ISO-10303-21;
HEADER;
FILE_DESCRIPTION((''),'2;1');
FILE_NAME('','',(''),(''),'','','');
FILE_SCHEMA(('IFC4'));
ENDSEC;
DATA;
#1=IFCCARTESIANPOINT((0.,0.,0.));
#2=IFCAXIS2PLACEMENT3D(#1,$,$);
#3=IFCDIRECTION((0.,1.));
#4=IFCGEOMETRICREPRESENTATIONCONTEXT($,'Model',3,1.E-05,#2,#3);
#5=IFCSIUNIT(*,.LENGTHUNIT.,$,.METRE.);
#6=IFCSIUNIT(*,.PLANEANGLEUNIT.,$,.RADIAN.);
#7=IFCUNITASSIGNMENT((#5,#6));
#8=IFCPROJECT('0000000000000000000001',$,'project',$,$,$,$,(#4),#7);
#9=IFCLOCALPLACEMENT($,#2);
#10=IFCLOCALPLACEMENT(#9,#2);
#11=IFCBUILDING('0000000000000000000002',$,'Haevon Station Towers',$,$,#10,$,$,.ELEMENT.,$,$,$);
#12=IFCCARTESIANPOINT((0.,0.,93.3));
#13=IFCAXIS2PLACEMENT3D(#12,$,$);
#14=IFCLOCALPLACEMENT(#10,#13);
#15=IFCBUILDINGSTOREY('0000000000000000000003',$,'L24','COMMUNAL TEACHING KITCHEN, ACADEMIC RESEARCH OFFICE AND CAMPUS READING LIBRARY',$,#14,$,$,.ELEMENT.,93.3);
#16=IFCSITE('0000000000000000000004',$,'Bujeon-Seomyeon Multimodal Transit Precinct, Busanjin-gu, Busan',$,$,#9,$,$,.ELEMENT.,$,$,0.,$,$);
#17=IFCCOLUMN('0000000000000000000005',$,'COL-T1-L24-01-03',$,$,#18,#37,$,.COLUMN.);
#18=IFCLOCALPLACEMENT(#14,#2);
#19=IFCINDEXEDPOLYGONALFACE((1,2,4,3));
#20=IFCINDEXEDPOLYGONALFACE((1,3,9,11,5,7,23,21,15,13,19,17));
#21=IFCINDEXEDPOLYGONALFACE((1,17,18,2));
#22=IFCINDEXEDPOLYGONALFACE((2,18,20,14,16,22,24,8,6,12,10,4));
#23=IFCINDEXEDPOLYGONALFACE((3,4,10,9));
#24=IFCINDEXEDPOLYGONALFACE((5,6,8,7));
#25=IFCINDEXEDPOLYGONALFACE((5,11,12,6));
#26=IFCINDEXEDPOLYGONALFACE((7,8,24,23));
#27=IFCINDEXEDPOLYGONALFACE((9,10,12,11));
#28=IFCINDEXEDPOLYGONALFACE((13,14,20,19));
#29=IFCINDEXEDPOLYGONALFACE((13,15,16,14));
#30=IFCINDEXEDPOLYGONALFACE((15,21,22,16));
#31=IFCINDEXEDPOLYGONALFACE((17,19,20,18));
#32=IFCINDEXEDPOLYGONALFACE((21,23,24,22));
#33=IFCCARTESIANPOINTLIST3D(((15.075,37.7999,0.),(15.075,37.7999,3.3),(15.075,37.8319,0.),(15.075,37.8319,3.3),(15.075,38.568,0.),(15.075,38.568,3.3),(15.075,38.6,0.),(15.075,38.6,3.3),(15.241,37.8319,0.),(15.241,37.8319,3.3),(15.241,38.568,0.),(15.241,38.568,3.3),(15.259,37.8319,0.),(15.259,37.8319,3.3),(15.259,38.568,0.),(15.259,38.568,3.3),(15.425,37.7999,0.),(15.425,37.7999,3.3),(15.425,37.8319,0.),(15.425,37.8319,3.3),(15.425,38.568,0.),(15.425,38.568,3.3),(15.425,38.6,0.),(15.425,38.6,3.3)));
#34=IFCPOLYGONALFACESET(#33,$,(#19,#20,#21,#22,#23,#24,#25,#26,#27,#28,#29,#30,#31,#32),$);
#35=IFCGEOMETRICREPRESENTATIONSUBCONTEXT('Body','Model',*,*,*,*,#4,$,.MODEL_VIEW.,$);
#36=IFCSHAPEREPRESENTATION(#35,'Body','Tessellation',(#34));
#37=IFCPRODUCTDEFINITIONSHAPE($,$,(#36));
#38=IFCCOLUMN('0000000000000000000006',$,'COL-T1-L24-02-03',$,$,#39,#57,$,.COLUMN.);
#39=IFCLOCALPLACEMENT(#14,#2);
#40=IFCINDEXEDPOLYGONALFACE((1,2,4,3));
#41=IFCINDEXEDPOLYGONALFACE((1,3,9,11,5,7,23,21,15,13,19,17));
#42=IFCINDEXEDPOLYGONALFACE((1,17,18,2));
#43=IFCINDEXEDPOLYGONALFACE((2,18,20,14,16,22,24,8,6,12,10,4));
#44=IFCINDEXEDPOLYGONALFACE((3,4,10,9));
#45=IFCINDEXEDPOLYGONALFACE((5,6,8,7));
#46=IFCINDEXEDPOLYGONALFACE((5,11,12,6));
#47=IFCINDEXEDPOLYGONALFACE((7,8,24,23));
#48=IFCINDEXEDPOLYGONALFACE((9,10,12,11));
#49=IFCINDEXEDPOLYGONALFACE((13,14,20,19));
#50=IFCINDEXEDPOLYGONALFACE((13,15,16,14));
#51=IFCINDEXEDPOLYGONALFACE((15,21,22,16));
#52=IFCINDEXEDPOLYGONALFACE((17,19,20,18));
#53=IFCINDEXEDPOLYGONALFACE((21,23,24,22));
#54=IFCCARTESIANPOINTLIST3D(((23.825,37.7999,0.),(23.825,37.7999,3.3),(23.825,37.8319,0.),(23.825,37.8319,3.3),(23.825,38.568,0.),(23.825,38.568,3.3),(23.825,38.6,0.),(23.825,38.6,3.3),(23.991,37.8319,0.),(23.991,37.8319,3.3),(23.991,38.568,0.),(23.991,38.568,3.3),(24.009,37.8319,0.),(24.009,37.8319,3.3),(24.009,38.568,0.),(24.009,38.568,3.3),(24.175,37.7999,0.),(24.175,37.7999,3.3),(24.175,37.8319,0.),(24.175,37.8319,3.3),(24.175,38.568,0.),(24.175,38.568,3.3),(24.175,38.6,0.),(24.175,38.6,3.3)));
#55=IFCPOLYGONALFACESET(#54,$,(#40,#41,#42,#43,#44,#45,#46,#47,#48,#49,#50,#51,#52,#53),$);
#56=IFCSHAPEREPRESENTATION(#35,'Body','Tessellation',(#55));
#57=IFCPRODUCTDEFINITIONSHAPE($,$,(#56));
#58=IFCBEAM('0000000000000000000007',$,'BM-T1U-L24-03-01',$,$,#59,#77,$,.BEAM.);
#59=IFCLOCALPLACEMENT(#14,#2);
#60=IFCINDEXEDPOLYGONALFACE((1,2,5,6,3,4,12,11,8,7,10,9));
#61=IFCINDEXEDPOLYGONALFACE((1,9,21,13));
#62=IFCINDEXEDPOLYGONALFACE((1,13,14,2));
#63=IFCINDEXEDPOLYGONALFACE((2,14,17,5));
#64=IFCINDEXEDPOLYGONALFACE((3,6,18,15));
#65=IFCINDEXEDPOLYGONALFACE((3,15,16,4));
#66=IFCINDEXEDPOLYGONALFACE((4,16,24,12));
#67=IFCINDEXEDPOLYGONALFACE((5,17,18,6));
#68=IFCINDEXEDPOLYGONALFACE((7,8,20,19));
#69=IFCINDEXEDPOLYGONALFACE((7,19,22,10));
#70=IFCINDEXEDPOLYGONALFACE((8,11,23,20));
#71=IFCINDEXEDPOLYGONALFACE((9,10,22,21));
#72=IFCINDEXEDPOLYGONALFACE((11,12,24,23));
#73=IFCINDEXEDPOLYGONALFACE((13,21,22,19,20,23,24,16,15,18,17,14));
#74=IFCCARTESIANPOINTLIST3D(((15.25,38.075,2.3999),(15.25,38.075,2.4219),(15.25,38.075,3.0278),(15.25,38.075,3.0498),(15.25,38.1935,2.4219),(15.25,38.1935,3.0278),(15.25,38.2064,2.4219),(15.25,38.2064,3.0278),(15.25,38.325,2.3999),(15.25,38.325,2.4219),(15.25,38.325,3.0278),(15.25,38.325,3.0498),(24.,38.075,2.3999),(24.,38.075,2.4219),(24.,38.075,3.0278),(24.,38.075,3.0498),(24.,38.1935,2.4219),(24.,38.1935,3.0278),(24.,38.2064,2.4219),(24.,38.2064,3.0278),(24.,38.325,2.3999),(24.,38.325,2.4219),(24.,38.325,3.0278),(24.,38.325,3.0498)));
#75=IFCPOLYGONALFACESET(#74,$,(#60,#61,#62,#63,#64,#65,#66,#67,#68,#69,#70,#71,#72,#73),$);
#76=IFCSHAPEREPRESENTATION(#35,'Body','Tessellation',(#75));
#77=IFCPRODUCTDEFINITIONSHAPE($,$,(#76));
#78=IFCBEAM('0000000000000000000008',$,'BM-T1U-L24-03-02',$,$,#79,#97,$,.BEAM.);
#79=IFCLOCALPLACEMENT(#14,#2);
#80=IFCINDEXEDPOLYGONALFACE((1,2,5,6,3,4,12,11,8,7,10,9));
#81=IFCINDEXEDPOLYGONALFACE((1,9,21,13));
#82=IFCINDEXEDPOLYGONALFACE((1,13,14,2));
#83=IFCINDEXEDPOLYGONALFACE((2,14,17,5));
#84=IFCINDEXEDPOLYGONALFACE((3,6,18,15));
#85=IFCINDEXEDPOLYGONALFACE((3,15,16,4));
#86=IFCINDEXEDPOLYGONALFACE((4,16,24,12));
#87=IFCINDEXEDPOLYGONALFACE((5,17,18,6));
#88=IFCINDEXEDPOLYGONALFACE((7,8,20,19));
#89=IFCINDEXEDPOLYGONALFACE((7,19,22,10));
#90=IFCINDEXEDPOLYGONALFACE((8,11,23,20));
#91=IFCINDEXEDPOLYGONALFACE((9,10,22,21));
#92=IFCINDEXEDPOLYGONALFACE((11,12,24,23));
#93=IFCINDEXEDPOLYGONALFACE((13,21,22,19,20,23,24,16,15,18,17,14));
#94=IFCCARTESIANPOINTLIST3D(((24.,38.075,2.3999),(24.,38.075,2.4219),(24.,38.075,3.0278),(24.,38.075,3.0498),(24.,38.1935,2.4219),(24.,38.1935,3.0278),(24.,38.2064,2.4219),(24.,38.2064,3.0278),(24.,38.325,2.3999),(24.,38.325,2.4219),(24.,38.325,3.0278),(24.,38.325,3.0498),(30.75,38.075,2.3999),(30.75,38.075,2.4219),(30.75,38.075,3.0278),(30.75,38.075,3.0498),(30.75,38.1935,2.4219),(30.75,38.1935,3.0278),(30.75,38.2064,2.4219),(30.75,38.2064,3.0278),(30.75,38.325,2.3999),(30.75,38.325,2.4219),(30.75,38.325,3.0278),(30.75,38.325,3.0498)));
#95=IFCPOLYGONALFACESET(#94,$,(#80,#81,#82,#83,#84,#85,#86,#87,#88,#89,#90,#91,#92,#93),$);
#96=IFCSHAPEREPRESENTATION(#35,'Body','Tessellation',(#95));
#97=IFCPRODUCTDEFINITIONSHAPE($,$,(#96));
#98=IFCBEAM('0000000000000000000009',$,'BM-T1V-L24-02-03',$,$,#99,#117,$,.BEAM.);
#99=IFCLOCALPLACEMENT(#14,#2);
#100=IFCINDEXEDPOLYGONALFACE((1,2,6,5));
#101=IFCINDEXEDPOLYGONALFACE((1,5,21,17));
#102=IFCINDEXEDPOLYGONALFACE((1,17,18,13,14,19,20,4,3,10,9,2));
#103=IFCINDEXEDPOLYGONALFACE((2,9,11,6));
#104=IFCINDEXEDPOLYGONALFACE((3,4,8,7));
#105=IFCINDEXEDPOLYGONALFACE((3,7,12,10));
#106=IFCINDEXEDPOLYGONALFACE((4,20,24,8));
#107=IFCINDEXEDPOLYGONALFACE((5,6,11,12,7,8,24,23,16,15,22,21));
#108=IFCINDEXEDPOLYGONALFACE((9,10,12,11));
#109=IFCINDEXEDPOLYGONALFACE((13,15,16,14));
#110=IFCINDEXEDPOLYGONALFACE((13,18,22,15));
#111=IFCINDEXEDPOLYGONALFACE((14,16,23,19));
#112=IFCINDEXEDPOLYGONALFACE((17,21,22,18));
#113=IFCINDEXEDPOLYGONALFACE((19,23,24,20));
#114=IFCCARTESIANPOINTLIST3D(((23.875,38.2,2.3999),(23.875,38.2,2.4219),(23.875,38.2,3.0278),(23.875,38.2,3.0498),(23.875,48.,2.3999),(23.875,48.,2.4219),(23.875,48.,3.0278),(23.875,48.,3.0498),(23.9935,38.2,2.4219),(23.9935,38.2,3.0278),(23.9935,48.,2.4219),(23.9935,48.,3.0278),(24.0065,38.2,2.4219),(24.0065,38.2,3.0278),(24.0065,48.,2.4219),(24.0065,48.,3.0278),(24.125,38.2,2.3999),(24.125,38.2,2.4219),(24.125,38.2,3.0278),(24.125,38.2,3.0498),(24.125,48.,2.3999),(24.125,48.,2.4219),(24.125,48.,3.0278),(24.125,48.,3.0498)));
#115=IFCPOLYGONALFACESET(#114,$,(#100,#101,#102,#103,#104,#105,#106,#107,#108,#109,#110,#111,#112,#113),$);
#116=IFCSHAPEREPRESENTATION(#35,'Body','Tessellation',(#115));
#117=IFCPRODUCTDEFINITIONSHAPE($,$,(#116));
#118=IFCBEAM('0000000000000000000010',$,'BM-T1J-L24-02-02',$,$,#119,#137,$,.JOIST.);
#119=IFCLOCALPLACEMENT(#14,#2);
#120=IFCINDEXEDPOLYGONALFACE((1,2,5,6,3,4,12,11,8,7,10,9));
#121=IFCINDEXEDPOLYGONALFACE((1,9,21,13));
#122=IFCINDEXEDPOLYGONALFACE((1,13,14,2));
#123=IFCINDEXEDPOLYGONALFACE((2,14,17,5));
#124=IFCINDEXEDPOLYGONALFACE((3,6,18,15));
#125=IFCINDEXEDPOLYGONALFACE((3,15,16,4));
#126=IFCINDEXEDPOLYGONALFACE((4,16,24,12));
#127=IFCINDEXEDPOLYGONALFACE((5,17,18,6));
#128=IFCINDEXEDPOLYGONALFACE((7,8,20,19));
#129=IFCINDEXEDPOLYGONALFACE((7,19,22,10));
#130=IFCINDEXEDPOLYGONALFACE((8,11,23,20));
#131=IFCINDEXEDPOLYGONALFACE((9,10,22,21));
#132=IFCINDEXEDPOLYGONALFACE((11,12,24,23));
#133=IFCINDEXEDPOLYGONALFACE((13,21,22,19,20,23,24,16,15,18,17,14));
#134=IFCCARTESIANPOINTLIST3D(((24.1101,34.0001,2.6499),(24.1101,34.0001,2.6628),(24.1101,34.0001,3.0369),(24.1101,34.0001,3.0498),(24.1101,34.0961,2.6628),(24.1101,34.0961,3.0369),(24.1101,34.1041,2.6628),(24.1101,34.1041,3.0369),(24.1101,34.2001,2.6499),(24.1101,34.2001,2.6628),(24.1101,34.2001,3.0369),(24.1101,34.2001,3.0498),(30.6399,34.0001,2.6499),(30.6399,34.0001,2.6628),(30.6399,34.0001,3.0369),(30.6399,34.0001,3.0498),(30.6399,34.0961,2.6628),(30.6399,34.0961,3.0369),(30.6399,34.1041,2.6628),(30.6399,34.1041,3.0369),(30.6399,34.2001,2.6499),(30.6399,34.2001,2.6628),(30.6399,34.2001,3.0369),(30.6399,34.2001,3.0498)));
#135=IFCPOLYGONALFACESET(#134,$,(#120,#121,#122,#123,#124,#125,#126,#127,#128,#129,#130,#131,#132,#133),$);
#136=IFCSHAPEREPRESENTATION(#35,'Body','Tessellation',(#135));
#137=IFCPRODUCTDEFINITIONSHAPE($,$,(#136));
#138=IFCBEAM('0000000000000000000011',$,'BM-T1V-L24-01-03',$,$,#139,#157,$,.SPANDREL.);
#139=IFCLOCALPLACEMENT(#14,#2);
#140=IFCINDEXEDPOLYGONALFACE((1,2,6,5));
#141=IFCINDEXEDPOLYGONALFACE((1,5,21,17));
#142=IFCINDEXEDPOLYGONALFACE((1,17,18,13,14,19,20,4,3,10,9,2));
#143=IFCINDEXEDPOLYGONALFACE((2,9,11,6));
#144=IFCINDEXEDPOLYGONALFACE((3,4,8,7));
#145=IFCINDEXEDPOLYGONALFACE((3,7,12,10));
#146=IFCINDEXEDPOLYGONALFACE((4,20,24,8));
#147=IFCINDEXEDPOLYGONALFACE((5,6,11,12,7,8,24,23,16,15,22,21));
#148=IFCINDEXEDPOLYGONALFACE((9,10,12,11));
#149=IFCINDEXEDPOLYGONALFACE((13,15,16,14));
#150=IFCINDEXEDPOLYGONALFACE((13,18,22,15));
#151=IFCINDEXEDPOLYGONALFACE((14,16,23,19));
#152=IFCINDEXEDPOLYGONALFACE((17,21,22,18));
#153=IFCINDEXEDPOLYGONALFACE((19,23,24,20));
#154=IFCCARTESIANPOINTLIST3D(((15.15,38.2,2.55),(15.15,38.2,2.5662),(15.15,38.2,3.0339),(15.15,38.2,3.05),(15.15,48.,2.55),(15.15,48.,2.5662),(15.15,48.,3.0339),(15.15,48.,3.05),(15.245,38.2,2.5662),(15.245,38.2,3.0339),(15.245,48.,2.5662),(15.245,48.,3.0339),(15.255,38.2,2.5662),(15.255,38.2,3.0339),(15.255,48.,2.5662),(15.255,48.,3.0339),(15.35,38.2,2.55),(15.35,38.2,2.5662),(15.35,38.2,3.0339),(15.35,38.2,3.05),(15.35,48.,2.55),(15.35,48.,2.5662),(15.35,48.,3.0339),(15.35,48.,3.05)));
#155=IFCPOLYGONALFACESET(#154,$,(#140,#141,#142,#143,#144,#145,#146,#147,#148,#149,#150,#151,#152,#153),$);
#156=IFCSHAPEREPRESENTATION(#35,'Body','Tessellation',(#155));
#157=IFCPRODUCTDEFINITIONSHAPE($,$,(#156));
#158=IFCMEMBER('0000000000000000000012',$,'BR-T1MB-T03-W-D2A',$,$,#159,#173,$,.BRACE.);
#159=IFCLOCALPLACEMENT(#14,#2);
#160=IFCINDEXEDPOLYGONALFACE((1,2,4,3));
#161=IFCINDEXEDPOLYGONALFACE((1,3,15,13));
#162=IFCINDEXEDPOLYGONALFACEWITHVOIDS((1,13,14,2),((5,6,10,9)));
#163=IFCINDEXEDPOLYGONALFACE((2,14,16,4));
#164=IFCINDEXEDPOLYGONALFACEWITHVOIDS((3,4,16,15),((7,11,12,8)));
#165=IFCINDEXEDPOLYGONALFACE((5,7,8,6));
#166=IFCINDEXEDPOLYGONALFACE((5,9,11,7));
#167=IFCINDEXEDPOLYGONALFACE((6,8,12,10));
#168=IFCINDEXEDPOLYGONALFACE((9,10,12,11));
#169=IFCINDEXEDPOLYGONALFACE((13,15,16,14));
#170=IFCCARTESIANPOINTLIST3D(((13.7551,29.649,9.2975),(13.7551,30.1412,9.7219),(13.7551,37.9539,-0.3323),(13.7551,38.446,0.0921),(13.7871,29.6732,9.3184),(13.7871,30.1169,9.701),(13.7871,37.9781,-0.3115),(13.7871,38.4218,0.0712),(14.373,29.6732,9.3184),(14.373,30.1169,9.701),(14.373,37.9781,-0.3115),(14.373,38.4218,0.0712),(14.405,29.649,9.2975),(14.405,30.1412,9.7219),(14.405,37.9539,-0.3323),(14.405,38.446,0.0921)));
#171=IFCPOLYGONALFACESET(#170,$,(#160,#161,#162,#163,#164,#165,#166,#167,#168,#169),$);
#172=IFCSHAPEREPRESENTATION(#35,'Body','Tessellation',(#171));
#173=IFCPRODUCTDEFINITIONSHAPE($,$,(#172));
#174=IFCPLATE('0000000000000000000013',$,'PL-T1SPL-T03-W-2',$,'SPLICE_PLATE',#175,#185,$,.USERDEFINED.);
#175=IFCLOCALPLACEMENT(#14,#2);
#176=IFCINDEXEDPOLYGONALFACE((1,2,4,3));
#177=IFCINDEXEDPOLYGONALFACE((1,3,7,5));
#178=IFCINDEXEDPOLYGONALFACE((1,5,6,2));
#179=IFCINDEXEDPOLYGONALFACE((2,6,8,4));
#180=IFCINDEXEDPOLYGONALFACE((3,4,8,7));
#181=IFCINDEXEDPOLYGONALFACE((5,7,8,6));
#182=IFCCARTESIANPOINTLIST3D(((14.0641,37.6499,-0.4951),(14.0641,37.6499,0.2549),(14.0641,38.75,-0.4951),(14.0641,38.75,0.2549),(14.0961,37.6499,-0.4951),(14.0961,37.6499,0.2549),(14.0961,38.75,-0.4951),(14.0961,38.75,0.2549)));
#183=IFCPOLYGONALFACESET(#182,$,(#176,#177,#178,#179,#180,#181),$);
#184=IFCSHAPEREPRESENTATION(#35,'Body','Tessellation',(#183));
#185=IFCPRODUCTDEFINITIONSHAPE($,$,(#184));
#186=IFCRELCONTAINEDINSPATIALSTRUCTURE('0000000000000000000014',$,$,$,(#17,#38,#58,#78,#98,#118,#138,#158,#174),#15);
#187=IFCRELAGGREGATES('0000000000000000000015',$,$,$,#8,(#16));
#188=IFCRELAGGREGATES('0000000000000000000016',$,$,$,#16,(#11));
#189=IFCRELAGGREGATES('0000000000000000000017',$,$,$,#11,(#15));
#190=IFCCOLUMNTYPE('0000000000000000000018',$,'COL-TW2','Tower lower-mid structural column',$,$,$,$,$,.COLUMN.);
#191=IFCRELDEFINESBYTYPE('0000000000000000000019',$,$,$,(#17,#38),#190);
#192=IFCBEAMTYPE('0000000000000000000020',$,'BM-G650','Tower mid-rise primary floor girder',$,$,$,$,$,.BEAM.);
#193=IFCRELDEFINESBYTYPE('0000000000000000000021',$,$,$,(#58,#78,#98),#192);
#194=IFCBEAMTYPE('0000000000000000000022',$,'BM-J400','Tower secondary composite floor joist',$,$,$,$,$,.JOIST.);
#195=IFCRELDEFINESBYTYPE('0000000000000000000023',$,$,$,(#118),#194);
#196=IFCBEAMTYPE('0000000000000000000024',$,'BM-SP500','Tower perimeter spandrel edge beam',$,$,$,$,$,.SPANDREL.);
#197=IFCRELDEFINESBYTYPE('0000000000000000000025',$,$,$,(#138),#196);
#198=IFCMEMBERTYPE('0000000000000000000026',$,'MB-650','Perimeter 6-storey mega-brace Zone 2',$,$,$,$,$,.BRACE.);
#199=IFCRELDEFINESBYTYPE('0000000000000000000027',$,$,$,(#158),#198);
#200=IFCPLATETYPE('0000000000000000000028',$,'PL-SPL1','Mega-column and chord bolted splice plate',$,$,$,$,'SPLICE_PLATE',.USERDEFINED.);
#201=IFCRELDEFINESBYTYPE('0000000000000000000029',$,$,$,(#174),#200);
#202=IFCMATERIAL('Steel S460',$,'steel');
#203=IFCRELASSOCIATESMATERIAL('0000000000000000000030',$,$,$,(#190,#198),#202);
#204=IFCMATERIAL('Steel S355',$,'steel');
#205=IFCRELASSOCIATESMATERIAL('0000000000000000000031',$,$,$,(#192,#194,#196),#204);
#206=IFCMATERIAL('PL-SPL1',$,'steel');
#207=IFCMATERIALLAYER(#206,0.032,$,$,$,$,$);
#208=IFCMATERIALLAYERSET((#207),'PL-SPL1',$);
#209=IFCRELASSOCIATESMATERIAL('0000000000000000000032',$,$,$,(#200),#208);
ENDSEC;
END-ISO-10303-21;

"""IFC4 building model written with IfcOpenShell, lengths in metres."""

from ifc_helpers import new_model, si_unit, direction, frame, origin, origin_2d, place, context, subcontext, project, spatial, rectangle, hollow_rectangle, i_section, extrude, material, layer, layer_set, material_profile, profile_set, type_object, element, save


model = new_model("IFC4")

# Units and contexts
model_context = context("Model", 3, precision=1e-05, world=origin(), true_north=direction((0.0, 1.0)))
body_context = subcontext(model_context, "Body", "Model", "MODEL_VIEW")
ifc_project = project(units=[si_unit("LENGTHUNIT", "METRE"), si_unit("PLANEANGLEUNIT", "RADIAN")], contexts=[model_context])

# Site, building, storey
site_placement = place(None, origin())
site = spatial("IfcSite", under=ifc_project, at=site_placement, Name="Bujeon-Seomyeon Multimodal Transit Precinct, Busanjin-gu, Busan", CompositionType="ELEMENT", RefElevation=0.0)
building_placement = place(site_placement, origin())
building = spatial("IfcBuilding", under=site, at=building_placement, Name="Haevon Station Towers", CompositionType="ELEMENT")
storey_placement = place(building_placement, frame((0.0, 0.0, 93.3)))
storey = spatial("IfcBuildingStorey", under=building, at=storey_placement, Name="L24", Description="COMMUNAL TEACHING KITCHEN, ACADEMIC RESEARCH OFFICE AND CAMPUS READING LIBRARY", CompositionType="ELEMENT", Elevation=93.3)

# Columns
ifc_material_1 = material(Name="Steel S460", Category="steel")
ifc_material_profile_1 = material_profile(ifc_material_1, i_section(OverallWidth=0.3501, OverallDepth=0.8, WebThickness=0.0181, FlangeThickness=0.032, at=origin_2d()), Name="H-800x350x18x32")
ifc_profile_set_1 = profile_set([ifc_material_profile_1], Name="Steel S460")
column_type = type_object("IfcColumnType", Name="COL-TW2", Description="Tower lower-mid structural column", PredefinedType="COLUMN", material=ifc_profile_set_1)
for number, where, z_axis, x_axis, name in (
    (1, (15.25, 38.2, 0.0), (0.0, 0.0, 1.0), (1.0, 0.0, 0.0), "COL-T1-L24-01-03"),
    (2, (24.0, 38.2, 0.0), (0.0, 0.0, 1.0), (1.0, 0.0, 0.0), "COL-T1-L24-02-03"),
):
    element("IfcColumn", number, at=place(storey_placement, frame(where, z_axis=z_axis, x_axis=x_axis)), inside=storey, type_object=column_type, Name=name, PredefinedType="COLUMN", context=body_context, shape_type="SweptSolid", body=[
        extrude(i_section(OverallWidth=0.3501, OverallDepth=0.8, WebThickness=0.0181, FlangeThickness=0.032, at=origin_2d()), origin(), (0.0, 0.0, 1.0), 3.3),
    ])

# Beams
ifc_material_2 = material(Name="Steel S355", Category="steel")
ifc_material_profile_2 = material_profile(ifc_material_2, i_section(OverallWidth=0.25, OverallDepth=0.6499, WebThickness=0.0129, FlangeThickness=0.022, at=origin_2d()), Name="H-650x250x13x22")
ifc_profile_set_2 = profile_set([ifc_material_profile_2], Name="Steel S355")
beam_type_1 = type_object("IfcBeamType", Name="BM-G650", Description="Tower mid-rise primary floor girder", PredefinedType="BEAM", material=ifc_profile_set_2)
beam_1_placement = place(storey_placement, frame((15.25, 38.2, 2.7249), z_axis=(1.0, 0.0, 0.0), x_axis=(0.0, 1.0, 0.0)))
element("IfcBeam", 3, at=beam_1_placement, inside=storey, type_object=beam_type_1, Name="BM-T1U-L24-03-01", PredefinedType="BEAM", context=body_context, shape_type="SweptSolid", body=[
    extrude(i_section(OverallWidth=0.25, OverallDepth=0.6499, WebThickness=0.0129, FlangeThickness=0.022, at=origin_2d()), origin(), (0.0, 0.0, 1.0), 8.75),
])
beam_2_placement = place(storey_placement, frame((24.0, 38.2, 2.7249), z_axis=(1.0, 0.0, 0.0), x_axis=(0.0, 1.0, 0.0)))
element("IfcBeam", 4, at=beam_2_placement, inside=storey, type_object=beam_type_1, Name="BM-T1U-L24-03-02", PredefinedType="BEAM", context=body_context, shape_type="SweptSolid", body=[
    extrude(i_section(OverallWidth=0.25, OverallDepth=0.6499, WebThickness=0.0129, FlangeThickness=0.022, at=origin_2d()), origin(), (0.0, 0.0, 1.0), 6.75),
])
beam_3_placement = place(storey_placement, frame((24.0, 38.2, 2.7249), z_axis=(0.0, 1.0, 0.0), x_axis=(-1.0, 0.0, 0.0)))
element("IfcBeam", 5, at=beam_3_placement, inside=storey, type_object=beam_type_1, Name="BM-T1V-L24-02-03", PredefinedType="BEAM", context=body_context, shape_type="SweptSolid", body=[
    extrude(i_section(OverallWidth=0.25, OverallDepth=0.6499, WebThickness=0.0129, FlangeThickness=0.022, at=origin_2d()), origin(), (0.0, 0.0, 1.0), 9.8),
])
ifc_material_profile_3 = material_profile(ifc_material_2, i_section(OverallWidth=0.2, OverallDepth=0.3999, WebThickness=0.0081, FlangeThickness=0.0129, at=origin_2d()), Name="H-400x200x8x13")
ifc_profile_set_3 = profile_set([ifc_material_profile_3], Name="Steel S355")
beam_type_2 = type_object("IfcBeamType", Name="BM-J400", Description="Tower secondary composite floor joist", PredefinedType="JOIST", material=ifc_profile_set_3)
beam_4_placement = place(storey_placement, frame((24.1101, 34.1001, 2.8499), z_axis=(1.0, 0.0, 0.0), x_axis=(0.0, 1.0, 0.0)))
element("IfcBeam", 6, at=beam_4_placement, inside=storey, type_object=beam_type_2, Name="BM-T1J-L24-02-02", PredefinedType="JOIST", context=body_context, shape_type="SweptSolid", body=[
    extrude(i_section(OverallWidth=0.2, OverallDepth=0.3999, WebThickness=0.0081, FlangeThickness=0.0129, at=origin_2d()), origin(), (0.0, 0.0, 1.0), 6.5298),
])
ifc_material_profile_4 = material_profile(ifc_material_2, i_section(OverallWidth=0.2, OverallDepth=0.5, WebThickness=0.01, FlangeThickness=0.0161, at=origin_2d()), Name="H-500x200x10x16")
ifc_profile_set_4 = profile_set([ifc_material_profile_4], Name="Steel S355")
beam_type_3 = type_object("IfcBeamType", Name="BM-SP500", Description="Tower perimeter spandrel edge beam", PredefinedType="SPANDREL", material=ifc_profile_set_4)
beam_5_placement = place(storey_placement, frame((15.25, 38.2, 2.8), z_axis=(0.0, 1.0, 0.0), x_axis=(-1.0, 0.0, 0.0)))
element("IfcBeam", 7, at=beam_5_placement, inside=storey, type_object=beam_type_3, Name="BM-T1V-L24-01-03", PredefinedType="SPANDREL", context=body_context, shape_type="SweptSolid", body=[
    extrude(i_section(OverallWidth=0.2, OverallDepth=0.5, WebThickness=0.01, FlangeThickness=0.0161, at=origin_2d()), origin(), (0.0, 0.0, 1.0), 9.8),
])

# Member
ifc_material_profile_5 = material_profile(ifc_material_1, hollow_rectangle(XDim=0.6499, YDim=0.6499, WallThickness=0.032, at=origin_2d()), Name="RHS-650x650x32")
ifc_profile_set_5 = profile_set([ifc_material_profile_5], Name="Steel S460")
member_type = type_object("IfcMemberType", Name="MB-650", Description="Perimeter 6-storey mega-brace Zone 2", PredefinedType="BRACE", material=ifc_profile_set_5)
member_placement = place(storey_placement, frame((14.0801, 38.2, -0.1201), z_axis=(0.0, -0.653089, 0.757281), x_axis=(1.0, 0.0, 0.0)))
element("IfcMember", 8, at=member_placement, inside=storey, type_object=member_type, Name="BR-T1MB-T03-W-D2A", PredefinedType="BRACE", context=body_context, shape_type="SweptSolid", body=[
    extrude(hollow_rectangle(XDim=0.6499, YDim=0.6499, WallThickness=0.032, at=origin_2d()), origin(), (0.0, 0.0, 1.0), 12.7163),
])

# Plate
ifc_material_3 = material(Name="PL-SPL1", Category="steel")
ifc_layer_1 = layer(ifc_material_3, 0.032)
ifc_layer_set_1 = layer_set([ifc_layer_1], Name="PL-SPL1")
plate_type = type_object("IfcPlateType", Name="PL-SPL1", Description="Mega-column and chord bolted splice plate", ElementType="SPLICE_PLATE", PredefinedType="USERDEFINED", material=ifc_layer_set_1)
plate_placement = place(storey_placement, frame((14.0801, 38.2, -0.4951), z_axis=(0.0, 0.0, 1.0), x_axis=(0.0, 1.0, 0.0)))
element("IfcPlate", 9, at=plate_placement, inside=storey, type_object=plate_type, Name="PL-T1SPL-T03-W-2", ObjectType="SPLICE_PLATE", PredefinedType="USERDEFINED", context=body_context, shape_type="SweptSolid", body=[
    extrude(rectangle(XDim=1.1001, YDim=0.032, at=origin_2d()), origin(), (0.0, 0.0, 1.0), 0.75),
])

save(model, "model.ifc")
